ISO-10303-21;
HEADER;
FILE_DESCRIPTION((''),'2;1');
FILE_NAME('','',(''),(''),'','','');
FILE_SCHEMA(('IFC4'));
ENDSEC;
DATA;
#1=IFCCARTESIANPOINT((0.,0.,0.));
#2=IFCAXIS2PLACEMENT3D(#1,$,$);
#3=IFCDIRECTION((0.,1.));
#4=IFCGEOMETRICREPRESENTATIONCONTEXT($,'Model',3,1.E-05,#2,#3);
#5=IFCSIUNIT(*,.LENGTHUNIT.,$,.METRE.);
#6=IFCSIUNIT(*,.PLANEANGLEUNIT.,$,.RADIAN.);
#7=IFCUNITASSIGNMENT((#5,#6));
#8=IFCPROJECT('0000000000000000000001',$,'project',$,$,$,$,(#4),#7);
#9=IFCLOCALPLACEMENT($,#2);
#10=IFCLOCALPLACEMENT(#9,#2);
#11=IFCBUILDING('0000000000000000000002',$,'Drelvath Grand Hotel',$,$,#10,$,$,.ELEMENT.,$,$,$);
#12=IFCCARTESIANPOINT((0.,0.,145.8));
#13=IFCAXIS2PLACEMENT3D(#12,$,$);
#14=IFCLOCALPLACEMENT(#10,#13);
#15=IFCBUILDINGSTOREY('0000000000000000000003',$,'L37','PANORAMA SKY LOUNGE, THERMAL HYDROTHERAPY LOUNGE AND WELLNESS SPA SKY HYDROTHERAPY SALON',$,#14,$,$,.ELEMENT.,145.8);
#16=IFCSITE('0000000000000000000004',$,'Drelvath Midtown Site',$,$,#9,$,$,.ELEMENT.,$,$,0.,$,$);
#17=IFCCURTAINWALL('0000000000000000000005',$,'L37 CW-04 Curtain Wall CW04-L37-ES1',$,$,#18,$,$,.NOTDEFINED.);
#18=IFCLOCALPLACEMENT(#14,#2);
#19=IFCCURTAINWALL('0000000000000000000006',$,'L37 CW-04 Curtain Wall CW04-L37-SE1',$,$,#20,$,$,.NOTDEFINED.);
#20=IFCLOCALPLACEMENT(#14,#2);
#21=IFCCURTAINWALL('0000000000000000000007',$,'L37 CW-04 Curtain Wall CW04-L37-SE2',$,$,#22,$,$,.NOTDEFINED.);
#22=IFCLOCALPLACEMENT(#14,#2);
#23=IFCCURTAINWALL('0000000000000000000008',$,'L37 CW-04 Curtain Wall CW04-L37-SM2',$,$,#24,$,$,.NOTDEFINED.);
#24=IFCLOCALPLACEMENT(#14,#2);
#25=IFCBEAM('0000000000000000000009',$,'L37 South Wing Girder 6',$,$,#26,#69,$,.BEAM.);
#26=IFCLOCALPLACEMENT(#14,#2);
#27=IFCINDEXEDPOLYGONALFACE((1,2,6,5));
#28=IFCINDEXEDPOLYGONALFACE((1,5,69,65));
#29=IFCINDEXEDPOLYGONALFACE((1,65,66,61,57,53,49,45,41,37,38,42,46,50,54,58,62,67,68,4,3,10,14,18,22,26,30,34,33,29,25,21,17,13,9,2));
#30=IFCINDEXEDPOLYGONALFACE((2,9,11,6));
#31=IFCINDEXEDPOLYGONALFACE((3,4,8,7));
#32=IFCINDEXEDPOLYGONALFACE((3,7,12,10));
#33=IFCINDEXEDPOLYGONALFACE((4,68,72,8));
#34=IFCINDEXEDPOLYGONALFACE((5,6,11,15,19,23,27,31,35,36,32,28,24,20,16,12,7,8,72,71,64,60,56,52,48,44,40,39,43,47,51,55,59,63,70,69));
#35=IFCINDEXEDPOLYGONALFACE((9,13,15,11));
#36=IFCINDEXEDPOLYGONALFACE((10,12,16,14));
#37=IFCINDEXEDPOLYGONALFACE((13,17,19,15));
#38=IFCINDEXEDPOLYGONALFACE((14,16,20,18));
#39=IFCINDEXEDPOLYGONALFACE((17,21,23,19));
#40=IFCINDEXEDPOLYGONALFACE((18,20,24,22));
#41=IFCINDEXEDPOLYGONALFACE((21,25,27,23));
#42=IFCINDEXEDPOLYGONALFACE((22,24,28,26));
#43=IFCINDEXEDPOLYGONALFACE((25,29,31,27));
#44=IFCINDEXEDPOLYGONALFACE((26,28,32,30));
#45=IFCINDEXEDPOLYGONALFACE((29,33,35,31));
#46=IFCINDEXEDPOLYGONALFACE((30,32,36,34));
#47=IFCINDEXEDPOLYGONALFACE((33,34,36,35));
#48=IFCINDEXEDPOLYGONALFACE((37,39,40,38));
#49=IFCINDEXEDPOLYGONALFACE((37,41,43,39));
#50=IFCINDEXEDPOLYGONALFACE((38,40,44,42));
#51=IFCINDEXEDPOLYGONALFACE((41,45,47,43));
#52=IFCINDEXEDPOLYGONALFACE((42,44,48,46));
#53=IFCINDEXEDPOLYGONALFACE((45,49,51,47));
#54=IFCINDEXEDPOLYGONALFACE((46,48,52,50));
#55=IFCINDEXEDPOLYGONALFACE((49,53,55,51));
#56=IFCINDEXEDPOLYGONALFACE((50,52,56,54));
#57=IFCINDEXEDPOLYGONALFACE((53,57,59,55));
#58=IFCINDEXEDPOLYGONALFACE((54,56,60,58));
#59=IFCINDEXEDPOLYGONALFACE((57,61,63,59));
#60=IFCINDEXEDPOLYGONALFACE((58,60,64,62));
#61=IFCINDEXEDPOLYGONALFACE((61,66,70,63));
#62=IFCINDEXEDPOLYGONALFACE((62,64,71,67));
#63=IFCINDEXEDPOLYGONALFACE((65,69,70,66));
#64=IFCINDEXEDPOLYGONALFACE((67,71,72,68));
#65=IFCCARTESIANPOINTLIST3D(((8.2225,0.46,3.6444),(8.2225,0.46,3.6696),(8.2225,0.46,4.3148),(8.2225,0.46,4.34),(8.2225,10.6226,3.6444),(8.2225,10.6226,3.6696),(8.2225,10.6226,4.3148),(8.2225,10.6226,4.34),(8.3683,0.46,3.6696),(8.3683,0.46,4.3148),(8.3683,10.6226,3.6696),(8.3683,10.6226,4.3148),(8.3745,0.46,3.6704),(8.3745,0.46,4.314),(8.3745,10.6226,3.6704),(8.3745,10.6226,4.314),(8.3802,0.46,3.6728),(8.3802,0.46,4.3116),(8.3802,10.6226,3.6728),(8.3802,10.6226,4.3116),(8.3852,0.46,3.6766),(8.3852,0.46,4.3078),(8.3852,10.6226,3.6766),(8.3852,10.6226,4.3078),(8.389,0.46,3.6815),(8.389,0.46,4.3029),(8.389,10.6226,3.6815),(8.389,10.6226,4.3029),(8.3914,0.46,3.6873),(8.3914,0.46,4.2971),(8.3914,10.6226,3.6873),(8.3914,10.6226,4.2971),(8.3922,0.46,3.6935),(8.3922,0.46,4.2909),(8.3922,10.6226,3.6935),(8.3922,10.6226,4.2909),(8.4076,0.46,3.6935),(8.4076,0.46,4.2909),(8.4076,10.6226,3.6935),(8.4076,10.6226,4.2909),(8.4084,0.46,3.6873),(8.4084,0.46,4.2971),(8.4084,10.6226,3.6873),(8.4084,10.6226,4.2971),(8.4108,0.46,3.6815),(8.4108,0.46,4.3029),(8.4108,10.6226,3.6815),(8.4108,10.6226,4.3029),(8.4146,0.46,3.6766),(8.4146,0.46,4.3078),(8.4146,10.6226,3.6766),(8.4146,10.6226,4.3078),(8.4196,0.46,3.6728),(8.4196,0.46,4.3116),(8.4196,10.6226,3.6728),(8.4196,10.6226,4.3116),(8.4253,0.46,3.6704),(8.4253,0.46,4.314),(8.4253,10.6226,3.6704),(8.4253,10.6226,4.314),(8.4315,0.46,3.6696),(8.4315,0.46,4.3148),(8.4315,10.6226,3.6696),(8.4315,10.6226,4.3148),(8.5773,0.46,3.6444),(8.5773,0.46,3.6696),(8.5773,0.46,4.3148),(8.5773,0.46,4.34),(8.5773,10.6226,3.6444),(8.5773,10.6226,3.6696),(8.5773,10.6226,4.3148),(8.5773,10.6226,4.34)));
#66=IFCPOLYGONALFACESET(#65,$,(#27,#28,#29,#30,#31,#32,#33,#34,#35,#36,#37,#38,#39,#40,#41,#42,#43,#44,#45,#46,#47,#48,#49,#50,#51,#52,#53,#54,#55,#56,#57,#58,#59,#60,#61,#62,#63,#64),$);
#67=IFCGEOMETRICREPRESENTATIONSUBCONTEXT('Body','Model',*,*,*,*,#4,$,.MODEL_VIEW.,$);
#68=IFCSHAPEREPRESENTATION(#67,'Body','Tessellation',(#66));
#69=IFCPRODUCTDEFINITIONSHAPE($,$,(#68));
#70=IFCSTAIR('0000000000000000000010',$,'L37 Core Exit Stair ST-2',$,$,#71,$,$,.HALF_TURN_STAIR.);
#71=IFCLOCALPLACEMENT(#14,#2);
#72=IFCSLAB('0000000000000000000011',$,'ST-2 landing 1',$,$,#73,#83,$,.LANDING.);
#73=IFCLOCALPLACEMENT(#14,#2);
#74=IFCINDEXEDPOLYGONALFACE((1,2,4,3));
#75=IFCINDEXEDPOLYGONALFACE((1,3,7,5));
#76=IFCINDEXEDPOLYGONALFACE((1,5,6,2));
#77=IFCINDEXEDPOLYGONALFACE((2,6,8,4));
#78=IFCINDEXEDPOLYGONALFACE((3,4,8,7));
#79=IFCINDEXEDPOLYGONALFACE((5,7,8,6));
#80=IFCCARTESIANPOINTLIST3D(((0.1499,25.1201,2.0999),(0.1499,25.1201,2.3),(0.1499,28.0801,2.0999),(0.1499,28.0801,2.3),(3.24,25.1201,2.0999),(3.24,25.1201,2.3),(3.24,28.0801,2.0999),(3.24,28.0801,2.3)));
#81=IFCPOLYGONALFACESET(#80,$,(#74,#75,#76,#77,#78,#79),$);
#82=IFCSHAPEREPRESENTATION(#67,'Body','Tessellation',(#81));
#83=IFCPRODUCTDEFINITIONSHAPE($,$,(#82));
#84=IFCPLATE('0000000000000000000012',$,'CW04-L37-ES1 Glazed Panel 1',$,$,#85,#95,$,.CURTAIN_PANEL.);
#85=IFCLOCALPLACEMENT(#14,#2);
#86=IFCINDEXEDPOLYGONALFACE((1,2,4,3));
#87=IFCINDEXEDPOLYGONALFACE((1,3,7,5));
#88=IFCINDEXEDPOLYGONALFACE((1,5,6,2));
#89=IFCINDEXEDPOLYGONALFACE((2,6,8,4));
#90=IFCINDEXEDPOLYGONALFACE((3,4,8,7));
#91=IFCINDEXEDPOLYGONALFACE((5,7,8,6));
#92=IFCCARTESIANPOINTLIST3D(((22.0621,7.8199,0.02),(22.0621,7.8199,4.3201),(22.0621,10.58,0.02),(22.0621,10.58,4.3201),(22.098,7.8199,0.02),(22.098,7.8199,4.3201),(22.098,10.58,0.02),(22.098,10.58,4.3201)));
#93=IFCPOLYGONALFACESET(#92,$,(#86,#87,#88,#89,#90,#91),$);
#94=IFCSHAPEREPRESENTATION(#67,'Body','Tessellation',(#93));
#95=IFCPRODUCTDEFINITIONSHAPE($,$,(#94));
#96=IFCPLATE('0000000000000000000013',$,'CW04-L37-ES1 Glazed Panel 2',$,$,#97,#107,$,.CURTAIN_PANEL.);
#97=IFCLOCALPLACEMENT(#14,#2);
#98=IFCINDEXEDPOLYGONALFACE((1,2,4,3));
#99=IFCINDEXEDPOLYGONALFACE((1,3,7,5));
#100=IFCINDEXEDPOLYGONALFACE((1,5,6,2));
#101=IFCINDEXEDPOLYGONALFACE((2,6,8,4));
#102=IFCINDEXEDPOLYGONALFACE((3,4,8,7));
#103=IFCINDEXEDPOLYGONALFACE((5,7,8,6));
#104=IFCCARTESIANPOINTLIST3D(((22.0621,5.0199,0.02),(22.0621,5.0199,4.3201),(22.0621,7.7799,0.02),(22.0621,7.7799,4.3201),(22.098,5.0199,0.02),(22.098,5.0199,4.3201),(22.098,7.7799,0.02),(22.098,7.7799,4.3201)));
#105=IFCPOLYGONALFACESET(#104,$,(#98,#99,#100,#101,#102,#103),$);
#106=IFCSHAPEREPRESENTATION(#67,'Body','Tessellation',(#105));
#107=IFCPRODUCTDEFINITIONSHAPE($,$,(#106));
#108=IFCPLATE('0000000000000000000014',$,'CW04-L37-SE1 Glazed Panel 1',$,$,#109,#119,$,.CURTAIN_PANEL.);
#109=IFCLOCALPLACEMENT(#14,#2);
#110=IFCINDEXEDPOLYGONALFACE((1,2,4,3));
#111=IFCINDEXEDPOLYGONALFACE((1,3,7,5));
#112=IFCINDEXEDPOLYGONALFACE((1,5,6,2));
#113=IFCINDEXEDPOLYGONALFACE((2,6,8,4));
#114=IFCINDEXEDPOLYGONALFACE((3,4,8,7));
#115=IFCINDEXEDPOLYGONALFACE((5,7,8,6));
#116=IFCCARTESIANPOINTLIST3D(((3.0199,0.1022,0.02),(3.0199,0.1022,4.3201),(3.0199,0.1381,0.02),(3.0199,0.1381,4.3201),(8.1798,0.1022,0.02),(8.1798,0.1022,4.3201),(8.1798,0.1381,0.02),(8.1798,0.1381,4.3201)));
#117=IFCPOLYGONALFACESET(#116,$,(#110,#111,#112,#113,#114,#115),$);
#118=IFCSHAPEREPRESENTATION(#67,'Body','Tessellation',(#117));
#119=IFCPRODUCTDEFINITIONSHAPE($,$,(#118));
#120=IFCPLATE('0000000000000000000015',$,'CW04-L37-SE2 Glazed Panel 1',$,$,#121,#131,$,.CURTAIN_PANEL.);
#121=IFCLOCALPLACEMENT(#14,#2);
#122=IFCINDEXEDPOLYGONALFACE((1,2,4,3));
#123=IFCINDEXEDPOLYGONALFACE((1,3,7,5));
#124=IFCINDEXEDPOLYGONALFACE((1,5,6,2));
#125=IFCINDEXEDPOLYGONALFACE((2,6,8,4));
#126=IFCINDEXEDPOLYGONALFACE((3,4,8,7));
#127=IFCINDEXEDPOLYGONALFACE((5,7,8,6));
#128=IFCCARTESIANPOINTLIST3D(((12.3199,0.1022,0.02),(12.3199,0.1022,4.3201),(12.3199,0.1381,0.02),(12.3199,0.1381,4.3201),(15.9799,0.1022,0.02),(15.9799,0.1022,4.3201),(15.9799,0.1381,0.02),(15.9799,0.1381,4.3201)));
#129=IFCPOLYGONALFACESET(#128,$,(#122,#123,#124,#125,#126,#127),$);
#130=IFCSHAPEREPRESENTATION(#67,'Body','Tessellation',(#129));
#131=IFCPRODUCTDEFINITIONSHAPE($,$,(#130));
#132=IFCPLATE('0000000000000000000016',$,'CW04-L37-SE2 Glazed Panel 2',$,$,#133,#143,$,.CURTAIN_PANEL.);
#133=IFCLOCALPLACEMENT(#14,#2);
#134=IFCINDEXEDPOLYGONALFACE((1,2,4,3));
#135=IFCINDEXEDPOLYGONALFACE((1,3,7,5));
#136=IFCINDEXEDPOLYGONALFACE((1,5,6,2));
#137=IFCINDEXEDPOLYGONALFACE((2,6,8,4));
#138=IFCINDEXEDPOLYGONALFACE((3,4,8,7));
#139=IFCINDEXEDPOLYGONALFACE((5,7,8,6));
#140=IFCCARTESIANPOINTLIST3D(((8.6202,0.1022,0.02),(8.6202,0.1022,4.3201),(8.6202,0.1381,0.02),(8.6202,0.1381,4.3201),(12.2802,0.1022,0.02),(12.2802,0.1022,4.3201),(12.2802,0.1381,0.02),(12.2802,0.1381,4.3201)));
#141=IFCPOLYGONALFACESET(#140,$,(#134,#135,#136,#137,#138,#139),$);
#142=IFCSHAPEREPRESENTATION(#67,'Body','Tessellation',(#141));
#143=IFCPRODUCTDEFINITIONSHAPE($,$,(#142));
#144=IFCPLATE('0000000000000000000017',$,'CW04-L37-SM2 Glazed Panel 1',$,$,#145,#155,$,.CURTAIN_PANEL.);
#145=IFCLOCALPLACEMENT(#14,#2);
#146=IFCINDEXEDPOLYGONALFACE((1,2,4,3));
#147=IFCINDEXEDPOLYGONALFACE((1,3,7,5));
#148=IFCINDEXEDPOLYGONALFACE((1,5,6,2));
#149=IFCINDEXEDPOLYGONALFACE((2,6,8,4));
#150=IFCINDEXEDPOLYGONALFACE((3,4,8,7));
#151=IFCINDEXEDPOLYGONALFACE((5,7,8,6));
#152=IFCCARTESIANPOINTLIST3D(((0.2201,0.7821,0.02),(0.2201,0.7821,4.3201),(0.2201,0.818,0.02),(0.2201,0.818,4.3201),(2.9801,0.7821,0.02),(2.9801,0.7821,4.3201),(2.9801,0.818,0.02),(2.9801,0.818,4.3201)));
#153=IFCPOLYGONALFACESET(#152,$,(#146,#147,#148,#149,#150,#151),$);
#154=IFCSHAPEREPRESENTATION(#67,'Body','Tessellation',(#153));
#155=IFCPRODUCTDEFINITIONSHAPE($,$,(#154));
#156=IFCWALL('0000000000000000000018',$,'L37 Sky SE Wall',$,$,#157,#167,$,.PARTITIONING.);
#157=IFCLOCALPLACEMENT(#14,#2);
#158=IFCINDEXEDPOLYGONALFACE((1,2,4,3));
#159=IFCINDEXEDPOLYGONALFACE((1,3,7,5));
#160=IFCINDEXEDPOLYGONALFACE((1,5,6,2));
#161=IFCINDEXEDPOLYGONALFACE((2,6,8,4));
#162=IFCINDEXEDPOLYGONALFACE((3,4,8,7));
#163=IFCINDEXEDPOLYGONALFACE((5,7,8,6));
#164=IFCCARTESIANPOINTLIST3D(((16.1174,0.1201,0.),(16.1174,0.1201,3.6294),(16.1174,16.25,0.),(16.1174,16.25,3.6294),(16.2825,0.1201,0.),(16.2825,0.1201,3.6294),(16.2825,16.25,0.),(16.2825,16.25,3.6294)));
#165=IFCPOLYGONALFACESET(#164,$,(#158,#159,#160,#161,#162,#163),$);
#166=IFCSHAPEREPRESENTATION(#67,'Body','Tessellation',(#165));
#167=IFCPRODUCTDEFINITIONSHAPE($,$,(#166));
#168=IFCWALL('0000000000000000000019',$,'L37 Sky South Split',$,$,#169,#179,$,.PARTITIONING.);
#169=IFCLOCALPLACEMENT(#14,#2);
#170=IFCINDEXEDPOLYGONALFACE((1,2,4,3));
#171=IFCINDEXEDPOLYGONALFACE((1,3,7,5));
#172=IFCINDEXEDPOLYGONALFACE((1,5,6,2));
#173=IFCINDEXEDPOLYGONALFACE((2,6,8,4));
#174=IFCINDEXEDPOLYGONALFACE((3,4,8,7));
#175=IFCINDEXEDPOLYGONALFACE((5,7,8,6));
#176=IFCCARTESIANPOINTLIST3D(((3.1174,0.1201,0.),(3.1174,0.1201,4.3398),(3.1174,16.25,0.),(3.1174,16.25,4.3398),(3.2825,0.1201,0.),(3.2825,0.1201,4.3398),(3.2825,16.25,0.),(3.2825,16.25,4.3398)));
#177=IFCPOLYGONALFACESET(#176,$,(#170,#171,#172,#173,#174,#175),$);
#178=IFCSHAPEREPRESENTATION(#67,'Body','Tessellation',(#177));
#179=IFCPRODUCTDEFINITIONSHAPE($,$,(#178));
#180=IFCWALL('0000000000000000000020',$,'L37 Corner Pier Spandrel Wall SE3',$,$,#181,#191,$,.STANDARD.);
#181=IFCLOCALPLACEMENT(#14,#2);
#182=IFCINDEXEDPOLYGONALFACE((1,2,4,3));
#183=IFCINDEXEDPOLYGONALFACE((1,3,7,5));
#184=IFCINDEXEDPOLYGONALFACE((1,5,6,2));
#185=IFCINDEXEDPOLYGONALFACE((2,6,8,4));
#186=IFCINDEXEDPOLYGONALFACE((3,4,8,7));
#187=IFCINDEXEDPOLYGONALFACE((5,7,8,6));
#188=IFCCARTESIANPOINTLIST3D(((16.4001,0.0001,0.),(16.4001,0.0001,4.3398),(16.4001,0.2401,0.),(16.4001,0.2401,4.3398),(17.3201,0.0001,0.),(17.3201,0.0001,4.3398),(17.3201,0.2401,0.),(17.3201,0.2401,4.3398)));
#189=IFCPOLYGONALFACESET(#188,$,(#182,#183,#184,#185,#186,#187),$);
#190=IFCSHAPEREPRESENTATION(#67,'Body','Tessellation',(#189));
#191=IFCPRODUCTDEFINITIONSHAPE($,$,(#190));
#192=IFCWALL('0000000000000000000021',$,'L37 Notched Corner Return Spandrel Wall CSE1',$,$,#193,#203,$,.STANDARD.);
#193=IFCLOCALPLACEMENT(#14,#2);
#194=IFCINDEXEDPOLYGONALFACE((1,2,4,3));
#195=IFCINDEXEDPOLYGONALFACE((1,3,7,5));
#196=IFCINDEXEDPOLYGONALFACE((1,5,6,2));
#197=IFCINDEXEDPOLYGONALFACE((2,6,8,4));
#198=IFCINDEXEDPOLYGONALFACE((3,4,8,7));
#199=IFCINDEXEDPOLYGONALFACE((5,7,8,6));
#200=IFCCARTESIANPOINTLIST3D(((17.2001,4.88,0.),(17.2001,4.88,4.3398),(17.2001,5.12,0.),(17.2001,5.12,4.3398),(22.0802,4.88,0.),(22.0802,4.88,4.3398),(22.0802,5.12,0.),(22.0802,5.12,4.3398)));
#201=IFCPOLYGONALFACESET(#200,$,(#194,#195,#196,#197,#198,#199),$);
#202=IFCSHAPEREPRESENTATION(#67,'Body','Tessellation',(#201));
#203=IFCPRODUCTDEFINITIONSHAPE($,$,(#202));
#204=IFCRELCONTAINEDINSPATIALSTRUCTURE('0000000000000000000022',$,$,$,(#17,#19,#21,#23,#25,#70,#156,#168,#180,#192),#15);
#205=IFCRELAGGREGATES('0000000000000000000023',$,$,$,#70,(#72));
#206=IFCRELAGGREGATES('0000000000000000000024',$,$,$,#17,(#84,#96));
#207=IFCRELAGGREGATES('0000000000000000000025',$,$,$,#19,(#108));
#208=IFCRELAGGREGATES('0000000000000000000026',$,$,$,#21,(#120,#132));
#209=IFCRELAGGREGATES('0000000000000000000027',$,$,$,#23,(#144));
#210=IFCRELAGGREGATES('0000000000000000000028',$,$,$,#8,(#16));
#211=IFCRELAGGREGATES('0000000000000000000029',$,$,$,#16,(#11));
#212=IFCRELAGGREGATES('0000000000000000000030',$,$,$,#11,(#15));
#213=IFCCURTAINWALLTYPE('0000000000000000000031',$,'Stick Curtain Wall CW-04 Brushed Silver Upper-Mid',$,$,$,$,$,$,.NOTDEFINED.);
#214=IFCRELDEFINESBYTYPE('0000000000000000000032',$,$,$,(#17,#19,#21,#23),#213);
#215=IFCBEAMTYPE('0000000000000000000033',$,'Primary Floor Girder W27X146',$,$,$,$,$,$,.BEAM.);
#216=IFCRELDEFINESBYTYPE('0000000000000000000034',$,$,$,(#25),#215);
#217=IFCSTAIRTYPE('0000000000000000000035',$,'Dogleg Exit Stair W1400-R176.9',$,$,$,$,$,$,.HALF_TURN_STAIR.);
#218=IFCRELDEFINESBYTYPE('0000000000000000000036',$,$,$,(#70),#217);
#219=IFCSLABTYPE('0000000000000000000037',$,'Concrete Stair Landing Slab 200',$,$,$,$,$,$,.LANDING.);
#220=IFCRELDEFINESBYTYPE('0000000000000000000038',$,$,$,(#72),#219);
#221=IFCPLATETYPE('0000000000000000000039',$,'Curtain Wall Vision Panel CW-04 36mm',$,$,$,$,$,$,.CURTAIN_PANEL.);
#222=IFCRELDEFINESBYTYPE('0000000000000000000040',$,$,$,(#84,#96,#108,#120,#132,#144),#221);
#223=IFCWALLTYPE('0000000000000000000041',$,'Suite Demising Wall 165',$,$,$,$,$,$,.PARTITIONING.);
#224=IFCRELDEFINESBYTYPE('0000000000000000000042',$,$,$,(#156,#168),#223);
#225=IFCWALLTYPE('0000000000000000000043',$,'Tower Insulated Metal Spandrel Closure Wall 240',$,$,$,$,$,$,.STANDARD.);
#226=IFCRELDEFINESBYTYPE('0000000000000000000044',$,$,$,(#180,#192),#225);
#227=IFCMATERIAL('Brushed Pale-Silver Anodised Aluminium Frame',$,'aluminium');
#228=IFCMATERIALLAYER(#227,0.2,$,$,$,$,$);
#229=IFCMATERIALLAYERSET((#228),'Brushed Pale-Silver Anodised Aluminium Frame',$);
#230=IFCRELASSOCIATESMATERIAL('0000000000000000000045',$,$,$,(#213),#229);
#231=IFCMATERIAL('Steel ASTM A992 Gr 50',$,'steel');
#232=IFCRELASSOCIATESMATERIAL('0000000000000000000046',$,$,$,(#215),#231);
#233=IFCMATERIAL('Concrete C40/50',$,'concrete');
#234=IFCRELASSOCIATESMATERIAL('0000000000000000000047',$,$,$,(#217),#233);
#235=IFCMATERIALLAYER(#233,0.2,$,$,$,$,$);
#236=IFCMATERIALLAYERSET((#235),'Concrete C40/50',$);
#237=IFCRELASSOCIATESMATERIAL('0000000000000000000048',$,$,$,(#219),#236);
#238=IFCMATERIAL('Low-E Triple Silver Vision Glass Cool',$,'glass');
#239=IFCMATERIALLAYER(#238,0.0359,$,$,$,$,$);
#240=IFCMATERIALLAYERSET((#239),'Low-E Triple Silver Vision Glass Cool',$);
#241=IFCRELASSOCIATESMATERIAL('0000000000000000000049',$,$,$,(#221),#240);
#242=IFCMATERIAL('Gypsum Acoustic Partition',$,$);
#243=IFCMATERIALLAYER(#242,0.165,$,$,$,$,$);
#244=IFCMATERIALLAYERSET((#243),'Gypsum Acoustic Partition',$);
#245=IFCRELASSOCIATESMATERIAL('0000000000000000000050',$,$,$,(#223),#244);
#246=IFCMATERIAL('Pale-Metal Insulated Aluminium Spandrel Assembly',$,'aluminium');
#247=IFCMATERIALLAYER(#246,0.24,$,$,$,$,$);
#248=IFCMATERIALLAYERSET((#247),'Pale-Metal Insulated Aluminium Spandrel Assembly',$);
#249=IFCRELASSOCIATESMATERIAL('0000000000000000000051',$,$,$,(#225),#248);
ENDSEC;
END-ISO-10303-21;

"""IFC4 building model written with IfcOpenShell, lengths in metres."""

from ifc_helpers import new_model, si_unit, direction, frame, frame_2d, origin, origin_2d, place, context, subcontext, project, spatial, polyline, rectangle, i_section, outline, extrude, material, layer, layer_set, material_profile, profile_set, type_object, element, aggregate, save


model = new_model("IFC4")

# Units and contexts
model_context = context("Model", 3, precision=1e-05, world=origin(), true_north=direction((0.0, 1.0)))
body_context = subcontext(model_context, "Body", "Model", "MODEL_VIEW")
ifc_project = project(units=[si_unit("LENGTHUNIT", "METRE"), si_unit("PLANEANGLEUNIT", "RADIAN")], contexts=[model_context])

# Site, building, storey
site_placement = place(None, origin())
site = spatial("IfcSite", under=ifc_project, at=site_placement, Name="Drelvath Midtown Site", CompositionType="ELEMENT", RefElevation=0.0)
building_placement = place(site_placement, origin())
building = spatial("IfcBuilding", under=site, at=building_placement, Name="Drelvath Grand Hotel", CompositionType="ELEMENT")
storey_placement = place(building_placement, frame((0.0, 0.0, 145.8)))
storey = spatial("IfcBuildingStorey", under=building, at=storey_placement, Name="L37", Description="PANORAMA SKY LOUNGE, THERMAL HYDROTHERAPY LOUNGE AND WELLNESS SPA SKY HYDROTHERAPY SALON", CompositionType="ELEMENT", Elevation=145.8)

# Curtain walls
ifc_material_1 = material(Name="Brushed Pale-Silver Anodised Aluminium Frame", Category="aluminium")
ifc_layer_1 = layer(ifc_material_1, 0.2)
ifc_layer_set_1 = layer_set([ifc_layer_1], Name="Brushed Pale-Silver Anodised Aluminium Frame")
curtain_wall_type = type_object("IfcCurtainWallType", Name="Stick Curtain Wall CW-04 Brushed Silver Upper-Mid", PredefinedType="NOTDEFINED", material=ifc_layer_set_1)
curtain_wall_1_placement = place(storey_placement, origin())
curtain_wall_1 = element("IfcCurtainWall", 1, at=curtain_wall_1_placement, inside=storey, type_object=curtain_wall_type, Name="L37 CW-04 Curtain Wall CW04-L37-ES1", PredefinedType="NOTDEFINED")
curtain_wall_2_placement = place(storey_placement, origin())
curtain_wall_2 = element("IfcCurtainWall", 2, at=curtain_wall_2_placement, inside=storey, type_object=curtain_wall_type, Name="L37 CW-04 Curtain Wall CW04-L37-SE1", PredefinedType="NOTDEFINED")
curtain_wall_3_placement = place(storey_placement, origin())
curtain_wall_3 = element("IfcCurtainWall", 3, at=curtain_wall_3_placement, inside=storey, type_object=curtain_wall_type, Name="L37 CW-04 Curtain Wall CW04-L37-SE2", PredefinedType="NOTDEFINED")
curtain_wall_4_placement = place(storey_placement, origin())
curtain_wall_4 = element("IfcCurtainWall", 4, at=curtain_wall_4_placement, inside=storey, type_object=curtain_wall_type, Name="L37 CW-04 Curtain Wall CW04-L37-SM2", PredefinedType="NOTDEFINED")

# Beam
ifc_material_2 = material(Name="Steel ASTM A992 Gr 50", Category="steel")
ifc_material_profile_1 = material_profile(ifc_material_2, i_section(OverallWidth=0.3547, OverallDepth=0.6956, WebThickness=0.0154, FlangeThickness=0.0251, FilletRadius=0.0239, at=origin_2d()), Name="W27X146")
ifc_profile_set_1 = profile_set([ifc_material_profile_1], Name="Steel ASTM A992 Gr 50")
beam_type_1 = type_object("IfcBeamType", Name="Primary Floor Girder W27X146", PredefinedType="BEAM", material=ifc_profile_set_1)
beam_1_placement = place(storey_placement, frame((8.3999, 0.46, 3.9922), z_axis=(0.0, 1.0, 0.0), x_axis=(-1.0, 0.0, 0.0)))
element("IfcBeam", 5, at=beam_1_placement, inside=storey, type_object=beam_type_1, Name="L37 South Wing Girder 6", PredefinedType="BEAM", context=body_context, shape_type="SweptSolid", body=[
    extrude(i_section(OverallWidth=0.3547, OverallDepth=0.6956, WebThickness=0.0154, FlangeThickness=0.0251, FilletRadius=0.0239, at=origin_2d()), origin(), (0.0, 0.0, 1.0), 10.1626),
])

# Stair, slab
ifc_material_3 = material(Name="Concrete C40/50", Category="concrete")
stair_type = type_object("IfcStairType", Name="Dogleg Exit Stair W1400-R176.9", PredefinedType="HALF_TURN_STAIR", material=ifc_material_3)
stair_placement = place(storey_placement, origin())
stair = element("IfcStair", 6, at=stair_placement, inside=storey, type_object=stair_type, Name="L37 Core Exit Stair ST-2", PredefinedType="HALF_TURN_STAIR")
ifc_layer_2 = layer(ifc_material_3, 0.2)
ifc_layer_set_2 = layer_set([ifc_layer_2], Name="Concrete C40/50")
slab_type = type_object("IfcSlabType", Name="Concrete Stair Landing Slab 200", PredefinedType="LANDING", material=ifc_layer_set_2)
slab_placement = place(storey_placement, frame((0.0, 0.0, 2.0999)))
slab = element("IfcSlab", 7, at=slab_placement, type_object=slab_type, Name="ST-2 landing 1", PredefinedType="LANDING", context=body_context, shape_type="SweptSolid", body=[
    extrude(outline(polyline([(3.24, 28.0801), (0.1499, 28.0801), (0.1499, 25.1201), (3.24, 25.1201), (3.24, 28.0801)])), origin(), (0.0, 0.0, 1.0), 0.2002),
])
aggregate(stair, [slab])

# Plates
ifc_material_4 = material(Name="Low-E Triple Silver Vision Glass Cool", Category="glass")
ifc_layer_3 = layer(ifc_material_4, 0.0359)
ifc_layer_set_3 = layer_set([ifc_layer_3], Name="Low-E Triple Silver Vision Glass Cool")
plate_type = type_object("IfcPlateType", Name="Curtain Wall Vision Panel CW-04 36mm", PredefinedType="CURTAIN_PANEL", material=ifc_layer_set_3)
plate_1_placement = place(storey_placement, frame((22.0801, 9.2, 0.02), z_axis=(0.0, 0.0, 1.0), x_axis=(0.0, -1.0, 0.0)))
plate_1 = element("IfcPlate", 8, at=plate_1_placement, type_object=plate_type, Name="CW04-L37-ES1 Glazed Panel 1", PredefinedType="CURTAIN_PANEL", context=body_context, shape_type="SweptSolid", body=[
    extrude(rectangle(XDim=2.76, YDim=0.0359, at=origin_2d()), origin(), (0.0, 0.0, 1.0), 4.3),
])
plate_2_placement = place(storey_placement, frame((22.0801, 6.3999, 0.02), z_axis=(0.0, 0.0, 1.0), x_axis=(0.0, -1.0, 0.0)))
plate_2 = element("IfcPlate", 9, at=plate_2_placement, type_object=plate_type, Name="CW04-L37-ES1 Glazed Panel 2", PredefinedType="CURTAIN_PANEL", context=body_context, shape_type="SweptSolid", body=[
    extrude(rectangle(XDim=2.76, YDim=0.0359, at=origin_2d()), origin(), (0.0, 0.0, 1.0), 4.3),
])
aggregate(curtain_wall_1, [plate_1, plate_2])
plate_3_placement = place(storey_placement, frame((5.5999, 0.1201, 0.02), z_axis=(0.0, 0.0, 1.0), x_axis=(-1.0, 0.0, 0.0)))
plate_3 = element("IfcPlate", 10, at=plate_3_placement, type_object=plate_type, Name="CW04-L37-SE1 Glazed Panel 1", PredefinedType="CURTAIN_PANEL", context=body_context, shape_type="SweptSolid", body=[
    extrude(rectangle(XDim=5.1599, YDim=0.0359, at=origin_2d()), origin(), (0.0, 0.0, 1.0), 4.3),
])
aggregate(curtain_wall_2, [plate_3])
plate_4_placement = place(storey_placement, frame((14.1499, 0.1201, 0.02), z_axis=(0.0, 0.0, 1.0), x_axis=(-1.0, 0.0, 0.0)))
plate_4 = element("IfcPlate", 11, at=plate_4_placement, type_object=plate_type, Name="CW04-L37-SE2 Glazed Panel 1", PredefinedType="CURTAIN_PANEL", context=body_context, shape_type="SweptSolid", body=[
    extrude(rectangle(XDim=3.6599, YDim=0.0359, at=origin_2d()), origin(), (0.0, 0.0, 1.0), 4.3),
])
plate_5_placement = place(storey_placement, frame((10.4502, 0.1201, 0.02), z_axis=(0.0, 0.0, 1.0), x_axis=(-1.0, 0.0, 0.0)))
plate_5 = element("IfcPlate", 12, at=plate_5_placement, type_object=plate_type, Name="CW04-L37-SE2 Glazed Panel 2", PredefinedType="CURTAIN_PANEL", context=body_context, shape_type="SweptSolid", body=[
    extrude(rectangle(XDim=3.6599, YDim=0.0359, at=origin_2d()), origin(), (0.0, 0.0, 1.0), 4.3),
])
aggregate(curtain_wall_3, [plate_4, plate_5])
plate_6_placement = place(storey_placement, frame((1.6001, 0.8, 0.02), z_axis=(0.0, 0.0, 1.0), x_axis=(-1.0, 0.0, 0.0)))
plate_6 = element("IfcPlate", 13, at=plate_6_placement, type_object=plate_type, Name="CW04-L37-SM2 Glazed Panel 1", PredefinedType="CURTAIN_PANEL", context=body_context, shape_type="SweptSolid", body=[
    extrude(rectangle(XDim=2.76, YDim=0.0359, at=origin_2d()), origin(), (0.0, 0.0, 1.0), 4.3),
])
aggregate(curtain_wall_4, [plate_6])

# Walls
ifc_material_5 = material(Name="Gypsum Acoustic Partition")
ifc_layer_4 = layer(ifc_material_5, 0.165)
ifc_layer_set_4 = layer_set([ifc_layer_4], Name="Gypsum Acoustic Partition")
wall_type_1 = type_object("IfcWallType", Name="Suite Demising Wall 165", PredefinedType="PARTITIONING", material=ifc_layer_set_4)
wall_1_placement = place(storey_placement, frame((16.2, 0.1201, 0.0), z_axis=(0.0, 0.0, 1.0), x_axis=(0.0, 1.0, 0.0)))
element("IfcWall", 14, at=wall_1_placement, inside=storey, type_object=wall_type_1, Name="L37 Sky SE Wall", PredefinedType="PARTITIONING", context=body_context, shape_type="SweptSolid", body=[
    extrude(rectangle(XDim=16.1299, YDim=0.165, at=frame_2d((8.0649, 0.0))), origin(), (0.0, 0.0, 1.0), 3.6294),
])
wall_2_placement = place(storey_placement, frame((3.2, 0.1201, 0.0), z_axis=(0.0, 0.0, 1.0), x_axis=(0.0, 1.0, 0.0)))
element("IfcWall", 15, at=wall_2_placement, inside=storey, type_object=wall_type_1, Name="L37 Sky South Split", PredefinedType="PARTITIONING", context=body_context, shape_type="SweptSolid", body=[
    extrude(rectangle(XDim=16.1299, YDim=0.165, at=frame_2d((8.0649, 0.0))), origin(), (0.0, 0.0, 1.0), 4.3398),
])
ifc_material_6 = material(Name="Pale-Metal Insulated Aluminium Spandrel Assembly", Category="aluminium")
ifc_layer_5 = layer(ifc_material_6, 0.24)
ifc_layer_set_5 = layer_set([ifc_layer_5], Name="Pale-Metal Insulated Aluminium Spandrel Assembly")
wall_type_2 = type_object("IfcWallType", Name="Tower Insulated Metal Spandrel Closure Wall 240", PredefinedType="STANDARD", material=ifc_layer_set_5)
wall_3_placement = place(storey_placement, frame((17.3201, 0.1201, 0.0), z_axis=(0.0, 0.0, 1.0), x_axis=(-1.0, 0.0, 0.0)))
element("IfcWall", 16, at=wall_3_placement, inside=storey, type_object=wall_type_2, Name="L37 Corner Pier Spandrel Wall SE3", PredefinedType="STANDARD", context=body_context, shape_type="SweptSolid", body=[
    extrude(rectangle(XDim=0.9199, YDim=0.24, at=frame_2d((0.46, 0.0))), origin(), (0.0, 0.0, 1.0), 4.3398),
])
wall_4_placement = place(storey_placement, frame((22.0801, 5.0, 0.0), z_axis=(0.0, 0.0, 1.0), x_axis=(-1.0, 0.0, 0.0)))
element("IfcWall", 17, at=wall_4_placement, inside=storey, type_object=wall_type_2, Name="L37 Notched Corner Return Spandrel Wall CSE1", PredefinedType="STANDARD", context=body_context, shape_type="SweptSolid", body=[
    extrude(rectangle(XDim=4.8801, YDim=0.24, at=frame_2d((2.4399, 0.0))), origin(), (0.0, 0.0, 1.0), 4.3398),
])

save(model, "model.ifc")
